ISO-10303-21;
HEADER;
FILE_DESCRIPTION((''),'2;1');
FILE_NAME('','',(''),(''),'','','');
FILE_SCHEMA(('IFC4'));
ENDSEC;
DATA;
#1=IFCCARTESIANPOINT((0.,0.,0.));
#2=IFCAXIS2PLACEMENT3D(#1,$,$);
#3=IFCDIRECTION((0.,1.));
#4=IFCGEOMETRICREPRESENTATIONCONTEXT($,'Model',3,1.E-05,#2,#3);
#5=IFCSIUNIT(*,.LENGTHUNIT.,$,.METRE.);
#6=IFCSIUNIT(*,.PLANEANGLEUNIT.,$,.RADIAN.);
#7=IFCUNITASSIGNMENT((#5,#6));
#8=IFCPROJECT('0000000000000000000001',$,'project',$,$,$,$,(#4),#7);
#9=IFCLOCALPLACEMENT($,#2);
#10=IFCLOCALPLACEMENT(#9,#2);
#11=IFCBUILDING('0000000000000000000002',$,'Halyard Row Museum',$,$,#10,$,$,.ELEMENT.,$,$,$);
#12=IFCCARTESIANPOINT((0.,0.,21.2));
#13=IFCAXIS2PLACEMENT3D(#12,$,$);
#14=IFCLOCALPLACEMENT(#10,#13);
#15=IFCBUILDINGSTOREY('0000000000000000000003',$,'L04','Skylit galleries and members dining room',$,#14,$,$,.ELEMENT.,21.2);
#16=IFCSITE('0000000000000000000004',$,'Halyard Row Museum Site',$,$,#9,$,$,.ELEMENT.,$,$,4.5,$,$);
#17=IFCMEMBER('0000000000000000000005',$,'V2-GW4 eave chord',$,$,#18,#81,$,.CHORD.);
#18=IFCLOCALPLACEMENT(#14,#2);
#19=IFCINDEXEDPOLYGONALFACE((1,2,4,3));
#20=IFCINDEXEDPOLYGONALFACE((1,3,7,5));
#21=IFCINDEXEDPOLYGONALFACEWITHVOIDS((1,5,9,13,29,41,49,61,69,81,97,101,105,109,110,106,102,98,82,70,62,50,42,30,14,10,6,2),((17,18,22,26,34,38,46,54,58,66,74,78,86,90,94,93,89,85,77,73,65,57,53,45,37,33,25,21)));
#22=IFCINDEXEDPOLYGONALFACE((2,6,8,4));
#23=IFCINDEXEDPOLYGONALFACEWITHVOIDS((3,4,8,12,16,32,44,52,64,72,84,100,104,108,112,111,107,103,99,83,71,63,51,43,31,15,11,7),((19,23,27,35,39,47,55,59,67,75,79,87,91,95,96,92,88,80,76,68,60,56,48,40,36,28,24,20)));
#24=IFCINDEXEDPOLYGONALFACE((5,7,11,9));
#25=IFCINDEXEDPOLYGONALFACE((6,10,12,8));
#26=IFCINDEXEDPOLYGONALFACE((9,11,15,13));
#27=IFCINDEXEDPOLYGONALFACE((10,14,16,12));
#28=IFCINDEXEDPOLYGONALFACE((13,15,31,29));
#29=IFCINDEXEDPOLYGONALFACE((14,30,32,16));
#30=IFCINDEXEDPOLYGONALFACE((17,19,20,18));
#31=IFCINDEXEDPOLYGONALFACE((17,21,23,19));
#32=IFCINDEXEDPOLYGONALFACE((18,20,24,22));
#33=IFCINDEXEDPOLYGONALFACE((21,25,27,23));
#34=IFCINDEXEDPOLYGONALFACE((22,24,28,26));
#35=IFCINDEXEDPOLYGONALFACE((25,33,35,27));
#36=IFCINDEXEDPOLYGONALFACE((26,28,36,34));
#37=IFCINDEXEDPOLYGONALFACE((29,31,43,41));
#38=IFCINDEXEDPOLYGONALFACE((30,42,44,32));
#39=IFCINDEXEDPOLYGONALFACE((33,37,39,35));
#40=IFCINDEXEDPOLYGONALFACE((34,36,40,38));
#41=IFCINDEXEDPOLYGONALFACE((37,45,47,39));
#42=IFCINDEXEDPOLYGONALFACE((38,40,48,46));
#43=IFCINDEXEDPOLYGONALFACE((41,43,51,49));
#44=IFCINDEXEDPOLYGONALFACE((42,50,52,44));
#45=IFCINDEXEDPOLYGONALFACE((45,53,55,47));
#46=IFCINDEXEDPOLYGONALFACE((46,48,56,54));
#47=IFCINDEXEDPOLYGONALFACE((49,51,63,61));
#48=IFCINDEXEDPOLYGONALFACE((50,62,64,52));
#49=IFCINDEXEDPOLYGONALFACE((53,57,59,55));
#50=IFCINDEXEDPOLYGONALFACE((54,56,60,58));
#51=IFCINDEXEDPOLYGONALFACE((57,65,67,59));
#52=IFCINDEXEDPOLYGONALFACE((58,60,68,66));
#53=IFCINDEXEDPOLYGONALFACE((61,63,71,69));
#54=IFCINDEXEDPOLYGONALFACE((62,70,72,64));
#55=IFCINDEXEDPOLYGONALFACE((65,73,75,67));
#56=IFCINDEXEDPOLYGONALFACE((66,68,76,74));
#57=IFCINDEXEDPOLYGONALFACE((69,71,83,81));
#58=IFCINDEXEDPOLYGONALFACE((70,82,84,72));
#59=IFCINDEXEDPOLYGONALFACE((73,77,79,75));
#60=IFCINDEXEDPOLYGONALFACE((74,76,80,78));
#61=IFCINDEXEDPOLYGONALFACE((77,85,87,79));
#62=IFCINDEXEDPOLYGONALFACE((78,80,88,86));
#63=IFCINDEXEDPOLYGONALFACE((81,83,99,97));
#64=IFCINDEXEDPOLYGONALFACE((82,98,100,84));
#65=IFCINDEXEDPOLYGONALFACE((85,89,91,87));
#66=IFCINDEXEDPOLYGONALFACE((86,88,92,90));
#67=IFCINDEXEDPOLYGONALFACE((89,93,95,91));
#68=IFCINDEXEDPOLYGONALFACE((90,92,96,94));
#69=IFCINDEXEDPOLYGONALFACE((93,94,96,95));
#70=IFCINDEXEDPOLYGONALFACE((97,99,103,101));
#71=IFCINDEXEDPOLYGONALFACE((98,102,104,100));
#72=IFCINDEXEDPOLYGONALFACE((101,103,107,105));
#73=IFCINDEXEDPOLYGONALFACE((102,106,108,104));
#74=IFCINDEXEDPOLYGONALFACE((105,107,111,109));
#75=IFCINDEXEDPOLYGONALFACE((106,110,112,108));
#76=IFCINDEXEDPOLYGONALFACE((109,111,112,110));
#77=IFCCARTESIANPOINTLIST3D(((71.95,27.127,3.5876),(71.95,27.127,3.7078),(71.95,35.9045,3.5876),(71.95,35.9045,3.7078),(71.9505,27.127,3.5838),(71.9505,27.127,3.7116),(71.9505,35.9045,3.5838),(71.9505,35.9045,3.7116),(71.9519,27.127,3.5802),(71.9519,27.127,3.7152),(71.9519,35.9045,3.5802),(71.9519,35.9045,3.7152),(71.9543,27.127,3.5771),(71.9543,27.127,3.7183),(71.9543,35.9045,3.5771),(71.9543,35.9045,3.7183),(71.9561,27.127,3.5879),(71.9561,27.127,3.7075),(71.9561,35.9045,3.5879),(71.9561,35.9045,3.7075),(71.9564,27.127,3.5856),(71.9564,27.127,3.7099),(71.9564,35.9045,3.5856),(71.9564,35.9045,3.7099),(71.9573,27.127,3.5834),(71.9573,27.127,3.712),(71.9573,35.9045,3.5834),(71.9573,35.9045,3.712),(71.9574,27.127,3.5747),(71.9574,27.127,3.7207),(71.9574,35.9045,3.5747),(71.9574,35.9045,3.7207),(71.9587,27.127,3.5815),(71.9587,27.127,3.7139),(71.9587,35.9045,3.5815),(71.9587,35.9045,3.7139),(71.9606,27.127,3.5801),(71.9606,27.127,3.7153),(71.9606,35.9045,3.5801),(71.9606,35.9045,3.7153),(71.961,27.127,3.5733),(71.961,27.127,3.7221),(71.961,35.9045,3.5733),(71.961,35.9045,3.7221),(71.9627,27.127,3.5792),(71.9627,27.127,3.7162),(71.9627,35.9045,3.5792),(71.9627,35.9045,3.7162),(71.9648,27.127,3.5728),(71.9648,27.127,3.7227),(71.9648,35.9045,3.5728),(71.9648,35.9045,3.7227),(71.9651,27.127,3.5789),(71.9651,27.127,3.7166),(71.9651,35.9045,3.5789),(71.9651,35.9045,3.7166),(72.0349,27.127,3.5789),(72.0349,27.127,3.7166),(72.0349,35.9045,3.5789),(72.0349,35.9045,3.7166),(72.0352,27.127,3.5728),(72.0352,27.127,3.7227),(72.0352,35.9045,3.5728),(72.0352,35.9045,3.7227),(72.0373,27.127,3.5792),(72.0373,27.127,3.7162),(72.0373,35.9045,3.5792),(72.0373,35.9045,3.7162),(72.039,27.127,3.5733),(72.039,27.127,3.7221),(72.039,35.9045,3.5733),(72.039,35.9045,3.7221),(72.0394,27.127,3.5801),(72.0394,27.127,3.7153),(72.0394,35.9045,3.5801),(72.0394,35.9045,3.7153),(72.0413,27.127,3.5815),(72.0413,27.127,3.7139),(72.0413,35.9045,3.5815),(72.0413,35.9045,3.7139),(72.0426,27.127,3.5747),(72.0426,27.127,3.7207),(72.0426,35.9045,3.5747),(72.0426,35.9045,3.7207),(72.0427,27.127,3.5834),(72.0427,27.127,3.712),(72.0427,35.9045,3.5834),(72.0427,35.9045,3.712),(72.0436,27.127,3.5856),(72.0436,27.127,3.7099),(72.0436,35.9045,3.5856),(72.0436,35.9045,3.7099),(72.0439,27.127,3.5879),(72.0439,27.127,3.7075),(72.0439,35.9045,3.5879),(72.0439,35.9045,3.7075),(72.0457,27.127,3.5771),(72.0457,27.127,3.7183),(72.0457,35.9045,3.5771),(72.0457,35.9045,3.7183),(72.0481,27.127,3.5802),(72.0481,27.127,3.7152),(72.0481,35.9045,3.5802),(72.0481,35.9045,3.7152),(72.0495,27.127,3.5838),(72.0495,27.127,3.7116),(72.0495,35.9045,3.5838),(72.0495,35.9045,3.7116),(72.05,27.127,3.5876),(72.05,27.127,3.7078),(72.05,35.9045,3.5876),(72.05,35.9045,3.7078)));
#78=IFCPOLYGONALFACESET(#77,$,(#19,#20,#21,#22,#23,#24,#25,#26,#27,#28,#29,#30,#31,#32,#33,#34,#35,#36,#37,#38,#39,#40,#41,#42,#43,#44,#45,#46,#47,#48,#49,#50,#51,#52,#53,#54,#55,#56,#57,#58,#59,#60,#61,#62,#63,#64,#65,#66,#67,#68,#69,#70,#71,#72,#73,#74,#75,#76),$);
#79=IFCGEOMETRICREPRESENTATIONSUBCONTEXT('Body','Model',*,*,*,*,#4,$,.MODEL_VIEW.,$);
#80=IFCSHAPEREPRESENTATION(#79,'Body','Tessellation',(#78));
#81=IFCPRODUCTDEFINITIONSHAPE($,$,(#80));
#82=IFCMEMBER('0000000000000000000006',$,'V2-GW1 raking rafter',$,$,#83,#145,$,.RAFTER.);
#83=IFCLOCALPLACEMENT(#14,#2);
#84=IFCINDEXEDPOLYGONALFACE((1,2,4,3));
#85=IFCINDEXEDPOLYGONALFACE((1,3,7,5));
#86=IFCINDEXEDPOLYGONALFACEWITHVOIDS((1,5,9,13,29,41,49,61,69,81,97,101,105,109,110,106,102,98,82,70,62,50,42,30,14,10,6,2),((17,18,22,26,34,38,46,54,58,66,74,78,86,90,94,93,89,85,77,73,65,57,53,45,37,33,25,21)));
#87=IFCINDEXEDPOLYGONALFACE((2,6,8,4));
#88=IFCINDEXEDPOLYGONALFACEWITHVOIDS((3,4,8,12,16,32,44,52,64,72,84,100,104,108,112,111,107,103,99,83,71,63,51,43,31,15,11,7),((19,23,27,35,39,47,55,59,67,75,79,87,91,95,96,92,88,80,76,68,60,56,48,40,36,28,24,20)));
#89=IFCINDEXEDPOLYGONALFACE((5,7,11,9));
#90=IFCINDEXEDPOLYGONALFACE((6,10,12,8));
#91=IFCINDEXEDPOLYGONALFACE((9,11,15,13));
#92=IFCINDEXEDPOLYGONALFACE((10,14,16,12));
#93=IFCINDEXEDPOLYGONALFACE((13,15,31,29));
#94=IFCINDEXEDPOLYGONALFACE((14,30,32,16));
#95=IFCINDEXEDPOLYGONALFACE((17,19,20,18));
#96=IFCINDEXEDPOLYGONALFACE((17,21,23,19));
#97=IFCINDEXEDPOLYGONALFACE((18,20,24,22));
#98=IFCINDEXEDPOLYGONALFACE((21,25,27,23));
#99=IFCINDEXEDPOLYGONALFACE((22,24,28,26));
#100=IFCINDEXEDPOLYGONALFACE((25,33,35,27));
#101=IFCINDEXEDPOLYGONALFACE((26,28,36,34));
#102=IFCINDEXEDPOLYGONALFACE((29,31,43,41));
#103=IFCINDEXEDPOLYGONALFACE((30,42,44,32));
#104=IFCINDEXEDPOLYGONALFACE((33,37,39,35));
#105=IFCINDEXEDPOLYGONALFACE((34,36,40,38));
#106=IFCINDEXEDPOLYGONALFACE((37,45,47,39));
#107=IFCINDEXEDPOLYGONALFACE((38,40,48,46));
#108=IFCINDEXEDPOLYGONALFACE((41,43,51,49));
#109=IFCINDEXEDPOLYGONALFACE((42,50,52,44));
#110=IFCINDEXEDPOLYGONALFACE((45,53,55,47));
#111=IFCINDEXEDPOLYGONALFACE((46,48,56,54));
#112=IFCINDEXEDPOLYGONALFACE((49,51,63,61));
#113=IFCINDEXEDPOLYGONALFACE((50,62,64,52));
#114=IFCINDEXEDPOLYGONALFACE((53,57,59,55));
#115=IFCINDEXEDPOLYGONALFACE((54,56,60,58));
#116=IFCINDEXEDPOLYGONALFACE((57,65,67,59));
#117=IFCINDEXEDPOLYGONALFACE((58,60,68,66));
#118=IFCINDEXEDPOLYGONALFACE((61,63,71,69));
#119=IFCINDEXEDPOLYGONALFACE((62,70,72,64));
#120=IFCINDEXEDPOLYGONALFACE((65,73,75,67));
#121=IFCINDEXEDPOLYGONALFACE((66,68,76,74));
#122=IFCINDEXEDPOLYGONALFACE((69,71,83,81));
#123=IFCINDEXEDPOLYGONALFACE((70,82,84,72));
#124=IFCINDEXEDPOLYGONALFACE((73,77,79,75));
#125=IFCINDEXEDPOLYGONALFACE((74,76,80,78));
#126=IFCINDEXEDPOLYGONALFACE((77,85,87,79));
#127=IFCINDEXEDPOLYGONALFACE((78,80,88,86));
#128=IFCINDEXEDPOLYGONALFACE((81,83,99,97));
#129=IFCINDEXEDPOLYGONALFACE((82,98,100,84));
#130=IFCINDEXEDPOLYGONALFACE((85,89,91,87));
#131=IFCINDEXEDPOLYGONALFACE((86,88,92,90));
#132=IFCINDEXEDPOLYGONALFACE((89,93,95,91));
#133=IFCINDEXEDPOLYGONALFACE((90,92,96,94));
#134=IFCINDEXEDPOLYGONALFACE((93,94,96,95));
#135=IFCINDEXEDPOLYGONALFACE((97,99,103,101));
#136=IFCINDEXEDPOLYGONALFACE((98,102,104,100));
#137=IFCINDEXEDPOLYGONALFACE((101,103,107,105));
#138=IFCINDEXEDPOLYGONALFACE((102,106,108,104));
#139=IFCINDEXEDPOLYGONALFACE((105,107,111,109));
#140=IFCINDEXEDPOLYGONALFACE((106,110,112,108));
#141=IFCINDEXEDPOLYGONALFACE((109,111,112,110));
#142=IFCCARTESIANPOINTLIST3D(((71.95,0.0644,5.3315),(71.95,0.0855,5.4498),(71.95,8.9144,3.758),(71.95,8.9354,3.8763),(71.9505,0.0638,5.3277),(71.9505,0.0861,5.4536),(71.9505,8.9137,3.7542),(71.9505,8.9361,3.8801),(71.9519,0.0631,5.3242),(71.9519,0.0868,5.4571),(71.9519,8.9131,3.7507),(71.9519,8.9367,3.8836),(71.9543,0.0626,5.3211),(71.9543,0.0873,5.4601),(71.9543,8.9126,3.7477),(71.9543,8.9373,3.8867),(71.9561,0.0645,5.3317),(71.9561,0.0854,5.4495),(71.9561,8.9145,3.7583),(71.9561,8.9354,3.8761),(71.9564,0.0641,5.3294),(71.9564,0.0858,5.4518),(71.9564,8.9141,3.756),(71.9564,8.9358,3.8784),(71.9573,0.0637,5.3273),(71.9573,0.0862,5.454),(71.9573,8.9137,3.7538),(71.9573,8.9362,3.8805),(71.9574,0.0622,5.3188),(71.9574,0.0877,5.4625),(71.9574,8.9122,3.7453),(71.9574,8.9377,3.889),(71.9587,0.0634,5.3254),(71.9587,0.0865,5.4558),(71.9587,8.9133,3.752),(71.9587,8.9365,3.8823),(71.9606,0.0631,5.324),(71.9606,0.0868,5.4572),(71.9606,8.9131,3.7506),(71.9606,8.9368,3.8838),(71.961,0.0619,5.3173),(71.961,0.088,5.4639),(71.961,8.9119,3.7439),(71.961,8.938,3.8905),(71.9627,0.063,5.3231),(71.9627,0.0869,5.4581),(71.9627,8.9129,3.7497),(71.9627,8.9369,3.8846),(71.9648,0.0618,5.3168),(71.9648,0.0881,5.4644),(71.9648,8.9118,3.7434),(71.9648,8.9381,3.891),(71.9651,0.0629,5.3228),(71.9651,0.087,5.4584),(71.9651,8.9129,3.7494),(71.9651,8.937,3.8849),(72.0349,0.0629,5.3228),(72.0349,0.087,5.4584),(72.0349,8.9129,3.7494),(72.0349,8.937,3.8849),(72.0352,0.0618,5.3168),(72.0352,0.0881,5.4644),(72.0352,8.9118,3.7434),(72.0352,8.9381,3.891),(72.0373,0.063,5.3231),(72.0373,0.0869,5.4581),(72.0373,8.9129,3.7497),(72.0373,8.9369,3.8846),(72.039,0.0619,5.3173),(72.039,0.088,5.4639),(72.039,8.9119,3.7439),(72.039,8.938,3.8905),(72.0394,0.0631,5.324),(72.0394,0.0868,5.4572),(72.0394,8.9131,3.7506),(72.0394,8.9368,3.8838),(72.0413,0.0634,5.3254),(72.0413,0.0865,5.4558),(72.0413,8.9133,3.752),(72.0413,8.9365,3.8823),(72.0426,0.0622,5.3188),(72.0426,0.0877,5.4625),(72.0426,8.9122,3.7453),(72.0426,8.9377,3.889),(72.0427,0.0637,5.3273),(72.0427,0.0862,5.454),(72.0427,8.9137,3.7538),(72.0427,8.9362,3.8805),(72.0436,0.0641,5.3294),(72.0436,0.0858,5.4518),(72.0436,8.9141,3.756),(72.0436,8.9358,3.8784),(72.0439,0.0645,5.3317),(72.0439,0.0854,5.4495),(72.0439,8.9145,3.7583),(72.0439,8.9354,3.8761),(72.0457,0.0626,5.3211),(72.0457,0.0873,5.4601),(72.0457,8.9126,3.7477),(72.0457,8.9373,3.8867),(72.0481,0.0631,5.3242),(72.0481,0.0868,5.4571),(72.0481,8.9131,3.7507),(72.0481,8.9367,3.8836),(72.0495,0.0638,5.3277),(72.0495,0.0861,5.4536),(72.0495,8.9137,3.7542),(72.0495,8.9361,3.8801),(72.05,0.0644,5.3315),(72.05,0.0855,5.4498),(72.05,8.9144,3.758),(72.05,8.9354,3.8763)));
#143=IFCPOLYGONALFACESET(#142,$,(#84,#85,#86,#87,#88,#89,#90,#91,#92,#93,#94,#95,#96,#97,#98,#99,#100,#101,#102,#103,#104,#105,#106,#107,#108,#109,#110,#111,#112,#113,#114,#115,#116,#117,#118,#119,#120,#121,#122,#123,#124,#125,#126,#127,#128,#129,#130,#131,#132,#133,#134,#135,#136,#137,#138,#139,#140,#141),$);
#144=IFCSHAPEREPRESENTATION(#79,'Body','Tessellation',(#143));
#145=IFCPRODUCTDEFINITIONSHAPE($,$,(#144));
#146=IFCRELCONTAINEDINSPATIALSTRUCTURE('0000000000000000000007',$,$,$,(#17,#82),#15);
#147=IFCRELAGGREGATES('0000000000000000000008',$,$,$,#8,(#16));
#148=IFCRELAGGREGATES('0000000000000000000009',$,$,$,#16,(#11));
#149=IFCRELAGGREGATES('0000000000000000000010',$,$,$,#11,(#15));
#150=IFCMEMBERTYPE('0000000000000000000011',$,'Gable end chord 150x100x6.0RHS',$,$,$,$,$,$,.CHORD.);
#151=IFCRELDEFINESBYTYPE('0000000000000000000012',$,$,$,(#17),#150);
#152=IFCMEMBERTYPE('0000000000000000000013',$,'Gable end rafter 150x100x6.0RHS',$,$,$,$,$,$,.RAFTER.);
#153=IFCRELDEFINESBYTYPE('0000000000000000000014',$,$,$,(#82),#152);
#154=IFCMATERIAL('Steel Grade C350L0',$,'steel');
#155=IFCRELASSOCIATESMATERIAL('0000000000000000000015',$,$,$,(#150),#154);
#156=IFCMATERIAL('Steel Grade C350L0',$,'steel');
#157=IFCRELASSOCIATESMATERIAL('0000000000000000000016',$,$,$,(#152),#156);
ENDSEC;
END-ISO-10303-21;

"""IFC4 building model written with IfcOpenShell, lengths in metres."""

from ifc_helpers import new_model, si_unit, direction, frame, origin, origin_2d, place, context, subcontext, project, spatial, hollow_rectangle, extrude, material, material_profile, profile_set, type_object, element, save


model = new_model("IFC4")

# Units and contexts
model_context = context("Model", 3, precision=1e-05, world=origin(), true_north=direction((0.0, 1.0)))
body_context = subcontext(model_context, "Body", "Model", "MODEL_VIEW")
ifc_project = project(units=[si_unit("LENGTHUNIT", "METRE"), si_unit("PLANEANGLEUNIT", "RADIAN")], contexts=[model_context])

# Site, building, storey
site_placement = place(None, origin())
site = spatial("IfcSite", under=ifc_project, at=site_placement, Name="Halyard Row Museum Site", CompositionType="ELEMENT", RefElevation=4.5)
building_placement = place(site_placement, origin())
building = spatial("IfcBuilding", under=site, at=building_placement, Name="Halyard Row Museum", CompositionType="ELEMENT")
storey_placement = place(building_placement, frame((0.0, 0.0, 21.2)))
storey = spatial("IfcBuildingStorey", under=building, at=storey_placement, Name="L04", Description="Skylit galleries and members dining room", CompositionType="ELEMENT", Elevation=21.2)

# Members
ifc_material_1 = material(Name="Steel Grade C350L0", Category="steel")
ifc_material_profile_1 = material_profile(ifc_material_1, hollow_rectangle(XDim=0.1001, YDim=0.1499, WallThickness=0.0061, InnerFilletRadius=0.009, OuterFilletRadius=0.0149, at=origin_2d()), Name="150x100x6.0RHS")
ifc_profile_set_1 = profile_set([ifc_material_profile_1], Name="Steel Grade C350L0")
member_type_1 = type_object("IfcMemberType", Name="Gable end chord 150x100x6.0RHS", PredefinedType="CHORD", material=ifc_profile_set_1)
member_1_placement = place(storey_placement, frame((72.0, 27.127, 3.6477), z_axis=(0.0, 1.0, 0.0), x_axis=(-1.0, 0.0, 0.0)))
element("IfcMember", 1, at=member_1_placement, inside=storey, type_object=member_type_1, Name="V2-GW4 eave chord", PredefinedType="CHORD", context=body_context, shape_type="SweptSolid", body=[
    extrude(hollow_rectangle(XDim=0.1001, YDim=0.1499, WallThickness=0.0061, InnerFilletRadius=0.009, OuterFilletRadius=0.0149, at=origin_2d()), origin(), (0.0, 0.0, 1.0), 8.7776),
])
ifc_material_2 = material(Name="Steel Grade C350L0", Category="steel")
ifc_material_profile_2 = material_profile(ifc_material_2, hollow_rectangle(XDim=0.1001, YDim=0.1499, WallThickness=0.0061, InnerFilletRadius=0.009, OuterFilletRadius=0.0149, at=origin_2d()), Name="150x100x6.0RHS")
ifc_profile_set_2 = profile_set([ifc_material_profile_2], Name="Steel Grade C350L0")
member_type_2 = type_object("IfcMemberType", Name="Gable end rafter 150x100x6.0RHS", PredefinedType="RAFTER", material=ifc_profile_set_2)
for number, where, z_axis, x_axis, name in (
    (2, (72.0, 0.075, 5.3906), (0.0, 0.98456, -0.175048), (-1.0, 0.0, 0.0), "V2-GW1 raking rafter"),
):
    element("IfcMember", number, at=place(storey_placement, frame(where, z_axis=z_axis, x_axis=x_axis)), inside=storey, type_object=member_type_2, Name=name, PredefinedType="RAFTER", context=body_context, shape_type="SweptSolid", body=[
        extrude(hollow_rectangle(XDim=0.1001, YDim=0.1499, WallThickness=0.0061, InnerFilletRadius=0.009, OuterFilletRadius=0.0149, at=origin_2d()), origin(), (0.0, 0.0, 1.0), 8.9888),
    ])

save(model, "model.ifc")
